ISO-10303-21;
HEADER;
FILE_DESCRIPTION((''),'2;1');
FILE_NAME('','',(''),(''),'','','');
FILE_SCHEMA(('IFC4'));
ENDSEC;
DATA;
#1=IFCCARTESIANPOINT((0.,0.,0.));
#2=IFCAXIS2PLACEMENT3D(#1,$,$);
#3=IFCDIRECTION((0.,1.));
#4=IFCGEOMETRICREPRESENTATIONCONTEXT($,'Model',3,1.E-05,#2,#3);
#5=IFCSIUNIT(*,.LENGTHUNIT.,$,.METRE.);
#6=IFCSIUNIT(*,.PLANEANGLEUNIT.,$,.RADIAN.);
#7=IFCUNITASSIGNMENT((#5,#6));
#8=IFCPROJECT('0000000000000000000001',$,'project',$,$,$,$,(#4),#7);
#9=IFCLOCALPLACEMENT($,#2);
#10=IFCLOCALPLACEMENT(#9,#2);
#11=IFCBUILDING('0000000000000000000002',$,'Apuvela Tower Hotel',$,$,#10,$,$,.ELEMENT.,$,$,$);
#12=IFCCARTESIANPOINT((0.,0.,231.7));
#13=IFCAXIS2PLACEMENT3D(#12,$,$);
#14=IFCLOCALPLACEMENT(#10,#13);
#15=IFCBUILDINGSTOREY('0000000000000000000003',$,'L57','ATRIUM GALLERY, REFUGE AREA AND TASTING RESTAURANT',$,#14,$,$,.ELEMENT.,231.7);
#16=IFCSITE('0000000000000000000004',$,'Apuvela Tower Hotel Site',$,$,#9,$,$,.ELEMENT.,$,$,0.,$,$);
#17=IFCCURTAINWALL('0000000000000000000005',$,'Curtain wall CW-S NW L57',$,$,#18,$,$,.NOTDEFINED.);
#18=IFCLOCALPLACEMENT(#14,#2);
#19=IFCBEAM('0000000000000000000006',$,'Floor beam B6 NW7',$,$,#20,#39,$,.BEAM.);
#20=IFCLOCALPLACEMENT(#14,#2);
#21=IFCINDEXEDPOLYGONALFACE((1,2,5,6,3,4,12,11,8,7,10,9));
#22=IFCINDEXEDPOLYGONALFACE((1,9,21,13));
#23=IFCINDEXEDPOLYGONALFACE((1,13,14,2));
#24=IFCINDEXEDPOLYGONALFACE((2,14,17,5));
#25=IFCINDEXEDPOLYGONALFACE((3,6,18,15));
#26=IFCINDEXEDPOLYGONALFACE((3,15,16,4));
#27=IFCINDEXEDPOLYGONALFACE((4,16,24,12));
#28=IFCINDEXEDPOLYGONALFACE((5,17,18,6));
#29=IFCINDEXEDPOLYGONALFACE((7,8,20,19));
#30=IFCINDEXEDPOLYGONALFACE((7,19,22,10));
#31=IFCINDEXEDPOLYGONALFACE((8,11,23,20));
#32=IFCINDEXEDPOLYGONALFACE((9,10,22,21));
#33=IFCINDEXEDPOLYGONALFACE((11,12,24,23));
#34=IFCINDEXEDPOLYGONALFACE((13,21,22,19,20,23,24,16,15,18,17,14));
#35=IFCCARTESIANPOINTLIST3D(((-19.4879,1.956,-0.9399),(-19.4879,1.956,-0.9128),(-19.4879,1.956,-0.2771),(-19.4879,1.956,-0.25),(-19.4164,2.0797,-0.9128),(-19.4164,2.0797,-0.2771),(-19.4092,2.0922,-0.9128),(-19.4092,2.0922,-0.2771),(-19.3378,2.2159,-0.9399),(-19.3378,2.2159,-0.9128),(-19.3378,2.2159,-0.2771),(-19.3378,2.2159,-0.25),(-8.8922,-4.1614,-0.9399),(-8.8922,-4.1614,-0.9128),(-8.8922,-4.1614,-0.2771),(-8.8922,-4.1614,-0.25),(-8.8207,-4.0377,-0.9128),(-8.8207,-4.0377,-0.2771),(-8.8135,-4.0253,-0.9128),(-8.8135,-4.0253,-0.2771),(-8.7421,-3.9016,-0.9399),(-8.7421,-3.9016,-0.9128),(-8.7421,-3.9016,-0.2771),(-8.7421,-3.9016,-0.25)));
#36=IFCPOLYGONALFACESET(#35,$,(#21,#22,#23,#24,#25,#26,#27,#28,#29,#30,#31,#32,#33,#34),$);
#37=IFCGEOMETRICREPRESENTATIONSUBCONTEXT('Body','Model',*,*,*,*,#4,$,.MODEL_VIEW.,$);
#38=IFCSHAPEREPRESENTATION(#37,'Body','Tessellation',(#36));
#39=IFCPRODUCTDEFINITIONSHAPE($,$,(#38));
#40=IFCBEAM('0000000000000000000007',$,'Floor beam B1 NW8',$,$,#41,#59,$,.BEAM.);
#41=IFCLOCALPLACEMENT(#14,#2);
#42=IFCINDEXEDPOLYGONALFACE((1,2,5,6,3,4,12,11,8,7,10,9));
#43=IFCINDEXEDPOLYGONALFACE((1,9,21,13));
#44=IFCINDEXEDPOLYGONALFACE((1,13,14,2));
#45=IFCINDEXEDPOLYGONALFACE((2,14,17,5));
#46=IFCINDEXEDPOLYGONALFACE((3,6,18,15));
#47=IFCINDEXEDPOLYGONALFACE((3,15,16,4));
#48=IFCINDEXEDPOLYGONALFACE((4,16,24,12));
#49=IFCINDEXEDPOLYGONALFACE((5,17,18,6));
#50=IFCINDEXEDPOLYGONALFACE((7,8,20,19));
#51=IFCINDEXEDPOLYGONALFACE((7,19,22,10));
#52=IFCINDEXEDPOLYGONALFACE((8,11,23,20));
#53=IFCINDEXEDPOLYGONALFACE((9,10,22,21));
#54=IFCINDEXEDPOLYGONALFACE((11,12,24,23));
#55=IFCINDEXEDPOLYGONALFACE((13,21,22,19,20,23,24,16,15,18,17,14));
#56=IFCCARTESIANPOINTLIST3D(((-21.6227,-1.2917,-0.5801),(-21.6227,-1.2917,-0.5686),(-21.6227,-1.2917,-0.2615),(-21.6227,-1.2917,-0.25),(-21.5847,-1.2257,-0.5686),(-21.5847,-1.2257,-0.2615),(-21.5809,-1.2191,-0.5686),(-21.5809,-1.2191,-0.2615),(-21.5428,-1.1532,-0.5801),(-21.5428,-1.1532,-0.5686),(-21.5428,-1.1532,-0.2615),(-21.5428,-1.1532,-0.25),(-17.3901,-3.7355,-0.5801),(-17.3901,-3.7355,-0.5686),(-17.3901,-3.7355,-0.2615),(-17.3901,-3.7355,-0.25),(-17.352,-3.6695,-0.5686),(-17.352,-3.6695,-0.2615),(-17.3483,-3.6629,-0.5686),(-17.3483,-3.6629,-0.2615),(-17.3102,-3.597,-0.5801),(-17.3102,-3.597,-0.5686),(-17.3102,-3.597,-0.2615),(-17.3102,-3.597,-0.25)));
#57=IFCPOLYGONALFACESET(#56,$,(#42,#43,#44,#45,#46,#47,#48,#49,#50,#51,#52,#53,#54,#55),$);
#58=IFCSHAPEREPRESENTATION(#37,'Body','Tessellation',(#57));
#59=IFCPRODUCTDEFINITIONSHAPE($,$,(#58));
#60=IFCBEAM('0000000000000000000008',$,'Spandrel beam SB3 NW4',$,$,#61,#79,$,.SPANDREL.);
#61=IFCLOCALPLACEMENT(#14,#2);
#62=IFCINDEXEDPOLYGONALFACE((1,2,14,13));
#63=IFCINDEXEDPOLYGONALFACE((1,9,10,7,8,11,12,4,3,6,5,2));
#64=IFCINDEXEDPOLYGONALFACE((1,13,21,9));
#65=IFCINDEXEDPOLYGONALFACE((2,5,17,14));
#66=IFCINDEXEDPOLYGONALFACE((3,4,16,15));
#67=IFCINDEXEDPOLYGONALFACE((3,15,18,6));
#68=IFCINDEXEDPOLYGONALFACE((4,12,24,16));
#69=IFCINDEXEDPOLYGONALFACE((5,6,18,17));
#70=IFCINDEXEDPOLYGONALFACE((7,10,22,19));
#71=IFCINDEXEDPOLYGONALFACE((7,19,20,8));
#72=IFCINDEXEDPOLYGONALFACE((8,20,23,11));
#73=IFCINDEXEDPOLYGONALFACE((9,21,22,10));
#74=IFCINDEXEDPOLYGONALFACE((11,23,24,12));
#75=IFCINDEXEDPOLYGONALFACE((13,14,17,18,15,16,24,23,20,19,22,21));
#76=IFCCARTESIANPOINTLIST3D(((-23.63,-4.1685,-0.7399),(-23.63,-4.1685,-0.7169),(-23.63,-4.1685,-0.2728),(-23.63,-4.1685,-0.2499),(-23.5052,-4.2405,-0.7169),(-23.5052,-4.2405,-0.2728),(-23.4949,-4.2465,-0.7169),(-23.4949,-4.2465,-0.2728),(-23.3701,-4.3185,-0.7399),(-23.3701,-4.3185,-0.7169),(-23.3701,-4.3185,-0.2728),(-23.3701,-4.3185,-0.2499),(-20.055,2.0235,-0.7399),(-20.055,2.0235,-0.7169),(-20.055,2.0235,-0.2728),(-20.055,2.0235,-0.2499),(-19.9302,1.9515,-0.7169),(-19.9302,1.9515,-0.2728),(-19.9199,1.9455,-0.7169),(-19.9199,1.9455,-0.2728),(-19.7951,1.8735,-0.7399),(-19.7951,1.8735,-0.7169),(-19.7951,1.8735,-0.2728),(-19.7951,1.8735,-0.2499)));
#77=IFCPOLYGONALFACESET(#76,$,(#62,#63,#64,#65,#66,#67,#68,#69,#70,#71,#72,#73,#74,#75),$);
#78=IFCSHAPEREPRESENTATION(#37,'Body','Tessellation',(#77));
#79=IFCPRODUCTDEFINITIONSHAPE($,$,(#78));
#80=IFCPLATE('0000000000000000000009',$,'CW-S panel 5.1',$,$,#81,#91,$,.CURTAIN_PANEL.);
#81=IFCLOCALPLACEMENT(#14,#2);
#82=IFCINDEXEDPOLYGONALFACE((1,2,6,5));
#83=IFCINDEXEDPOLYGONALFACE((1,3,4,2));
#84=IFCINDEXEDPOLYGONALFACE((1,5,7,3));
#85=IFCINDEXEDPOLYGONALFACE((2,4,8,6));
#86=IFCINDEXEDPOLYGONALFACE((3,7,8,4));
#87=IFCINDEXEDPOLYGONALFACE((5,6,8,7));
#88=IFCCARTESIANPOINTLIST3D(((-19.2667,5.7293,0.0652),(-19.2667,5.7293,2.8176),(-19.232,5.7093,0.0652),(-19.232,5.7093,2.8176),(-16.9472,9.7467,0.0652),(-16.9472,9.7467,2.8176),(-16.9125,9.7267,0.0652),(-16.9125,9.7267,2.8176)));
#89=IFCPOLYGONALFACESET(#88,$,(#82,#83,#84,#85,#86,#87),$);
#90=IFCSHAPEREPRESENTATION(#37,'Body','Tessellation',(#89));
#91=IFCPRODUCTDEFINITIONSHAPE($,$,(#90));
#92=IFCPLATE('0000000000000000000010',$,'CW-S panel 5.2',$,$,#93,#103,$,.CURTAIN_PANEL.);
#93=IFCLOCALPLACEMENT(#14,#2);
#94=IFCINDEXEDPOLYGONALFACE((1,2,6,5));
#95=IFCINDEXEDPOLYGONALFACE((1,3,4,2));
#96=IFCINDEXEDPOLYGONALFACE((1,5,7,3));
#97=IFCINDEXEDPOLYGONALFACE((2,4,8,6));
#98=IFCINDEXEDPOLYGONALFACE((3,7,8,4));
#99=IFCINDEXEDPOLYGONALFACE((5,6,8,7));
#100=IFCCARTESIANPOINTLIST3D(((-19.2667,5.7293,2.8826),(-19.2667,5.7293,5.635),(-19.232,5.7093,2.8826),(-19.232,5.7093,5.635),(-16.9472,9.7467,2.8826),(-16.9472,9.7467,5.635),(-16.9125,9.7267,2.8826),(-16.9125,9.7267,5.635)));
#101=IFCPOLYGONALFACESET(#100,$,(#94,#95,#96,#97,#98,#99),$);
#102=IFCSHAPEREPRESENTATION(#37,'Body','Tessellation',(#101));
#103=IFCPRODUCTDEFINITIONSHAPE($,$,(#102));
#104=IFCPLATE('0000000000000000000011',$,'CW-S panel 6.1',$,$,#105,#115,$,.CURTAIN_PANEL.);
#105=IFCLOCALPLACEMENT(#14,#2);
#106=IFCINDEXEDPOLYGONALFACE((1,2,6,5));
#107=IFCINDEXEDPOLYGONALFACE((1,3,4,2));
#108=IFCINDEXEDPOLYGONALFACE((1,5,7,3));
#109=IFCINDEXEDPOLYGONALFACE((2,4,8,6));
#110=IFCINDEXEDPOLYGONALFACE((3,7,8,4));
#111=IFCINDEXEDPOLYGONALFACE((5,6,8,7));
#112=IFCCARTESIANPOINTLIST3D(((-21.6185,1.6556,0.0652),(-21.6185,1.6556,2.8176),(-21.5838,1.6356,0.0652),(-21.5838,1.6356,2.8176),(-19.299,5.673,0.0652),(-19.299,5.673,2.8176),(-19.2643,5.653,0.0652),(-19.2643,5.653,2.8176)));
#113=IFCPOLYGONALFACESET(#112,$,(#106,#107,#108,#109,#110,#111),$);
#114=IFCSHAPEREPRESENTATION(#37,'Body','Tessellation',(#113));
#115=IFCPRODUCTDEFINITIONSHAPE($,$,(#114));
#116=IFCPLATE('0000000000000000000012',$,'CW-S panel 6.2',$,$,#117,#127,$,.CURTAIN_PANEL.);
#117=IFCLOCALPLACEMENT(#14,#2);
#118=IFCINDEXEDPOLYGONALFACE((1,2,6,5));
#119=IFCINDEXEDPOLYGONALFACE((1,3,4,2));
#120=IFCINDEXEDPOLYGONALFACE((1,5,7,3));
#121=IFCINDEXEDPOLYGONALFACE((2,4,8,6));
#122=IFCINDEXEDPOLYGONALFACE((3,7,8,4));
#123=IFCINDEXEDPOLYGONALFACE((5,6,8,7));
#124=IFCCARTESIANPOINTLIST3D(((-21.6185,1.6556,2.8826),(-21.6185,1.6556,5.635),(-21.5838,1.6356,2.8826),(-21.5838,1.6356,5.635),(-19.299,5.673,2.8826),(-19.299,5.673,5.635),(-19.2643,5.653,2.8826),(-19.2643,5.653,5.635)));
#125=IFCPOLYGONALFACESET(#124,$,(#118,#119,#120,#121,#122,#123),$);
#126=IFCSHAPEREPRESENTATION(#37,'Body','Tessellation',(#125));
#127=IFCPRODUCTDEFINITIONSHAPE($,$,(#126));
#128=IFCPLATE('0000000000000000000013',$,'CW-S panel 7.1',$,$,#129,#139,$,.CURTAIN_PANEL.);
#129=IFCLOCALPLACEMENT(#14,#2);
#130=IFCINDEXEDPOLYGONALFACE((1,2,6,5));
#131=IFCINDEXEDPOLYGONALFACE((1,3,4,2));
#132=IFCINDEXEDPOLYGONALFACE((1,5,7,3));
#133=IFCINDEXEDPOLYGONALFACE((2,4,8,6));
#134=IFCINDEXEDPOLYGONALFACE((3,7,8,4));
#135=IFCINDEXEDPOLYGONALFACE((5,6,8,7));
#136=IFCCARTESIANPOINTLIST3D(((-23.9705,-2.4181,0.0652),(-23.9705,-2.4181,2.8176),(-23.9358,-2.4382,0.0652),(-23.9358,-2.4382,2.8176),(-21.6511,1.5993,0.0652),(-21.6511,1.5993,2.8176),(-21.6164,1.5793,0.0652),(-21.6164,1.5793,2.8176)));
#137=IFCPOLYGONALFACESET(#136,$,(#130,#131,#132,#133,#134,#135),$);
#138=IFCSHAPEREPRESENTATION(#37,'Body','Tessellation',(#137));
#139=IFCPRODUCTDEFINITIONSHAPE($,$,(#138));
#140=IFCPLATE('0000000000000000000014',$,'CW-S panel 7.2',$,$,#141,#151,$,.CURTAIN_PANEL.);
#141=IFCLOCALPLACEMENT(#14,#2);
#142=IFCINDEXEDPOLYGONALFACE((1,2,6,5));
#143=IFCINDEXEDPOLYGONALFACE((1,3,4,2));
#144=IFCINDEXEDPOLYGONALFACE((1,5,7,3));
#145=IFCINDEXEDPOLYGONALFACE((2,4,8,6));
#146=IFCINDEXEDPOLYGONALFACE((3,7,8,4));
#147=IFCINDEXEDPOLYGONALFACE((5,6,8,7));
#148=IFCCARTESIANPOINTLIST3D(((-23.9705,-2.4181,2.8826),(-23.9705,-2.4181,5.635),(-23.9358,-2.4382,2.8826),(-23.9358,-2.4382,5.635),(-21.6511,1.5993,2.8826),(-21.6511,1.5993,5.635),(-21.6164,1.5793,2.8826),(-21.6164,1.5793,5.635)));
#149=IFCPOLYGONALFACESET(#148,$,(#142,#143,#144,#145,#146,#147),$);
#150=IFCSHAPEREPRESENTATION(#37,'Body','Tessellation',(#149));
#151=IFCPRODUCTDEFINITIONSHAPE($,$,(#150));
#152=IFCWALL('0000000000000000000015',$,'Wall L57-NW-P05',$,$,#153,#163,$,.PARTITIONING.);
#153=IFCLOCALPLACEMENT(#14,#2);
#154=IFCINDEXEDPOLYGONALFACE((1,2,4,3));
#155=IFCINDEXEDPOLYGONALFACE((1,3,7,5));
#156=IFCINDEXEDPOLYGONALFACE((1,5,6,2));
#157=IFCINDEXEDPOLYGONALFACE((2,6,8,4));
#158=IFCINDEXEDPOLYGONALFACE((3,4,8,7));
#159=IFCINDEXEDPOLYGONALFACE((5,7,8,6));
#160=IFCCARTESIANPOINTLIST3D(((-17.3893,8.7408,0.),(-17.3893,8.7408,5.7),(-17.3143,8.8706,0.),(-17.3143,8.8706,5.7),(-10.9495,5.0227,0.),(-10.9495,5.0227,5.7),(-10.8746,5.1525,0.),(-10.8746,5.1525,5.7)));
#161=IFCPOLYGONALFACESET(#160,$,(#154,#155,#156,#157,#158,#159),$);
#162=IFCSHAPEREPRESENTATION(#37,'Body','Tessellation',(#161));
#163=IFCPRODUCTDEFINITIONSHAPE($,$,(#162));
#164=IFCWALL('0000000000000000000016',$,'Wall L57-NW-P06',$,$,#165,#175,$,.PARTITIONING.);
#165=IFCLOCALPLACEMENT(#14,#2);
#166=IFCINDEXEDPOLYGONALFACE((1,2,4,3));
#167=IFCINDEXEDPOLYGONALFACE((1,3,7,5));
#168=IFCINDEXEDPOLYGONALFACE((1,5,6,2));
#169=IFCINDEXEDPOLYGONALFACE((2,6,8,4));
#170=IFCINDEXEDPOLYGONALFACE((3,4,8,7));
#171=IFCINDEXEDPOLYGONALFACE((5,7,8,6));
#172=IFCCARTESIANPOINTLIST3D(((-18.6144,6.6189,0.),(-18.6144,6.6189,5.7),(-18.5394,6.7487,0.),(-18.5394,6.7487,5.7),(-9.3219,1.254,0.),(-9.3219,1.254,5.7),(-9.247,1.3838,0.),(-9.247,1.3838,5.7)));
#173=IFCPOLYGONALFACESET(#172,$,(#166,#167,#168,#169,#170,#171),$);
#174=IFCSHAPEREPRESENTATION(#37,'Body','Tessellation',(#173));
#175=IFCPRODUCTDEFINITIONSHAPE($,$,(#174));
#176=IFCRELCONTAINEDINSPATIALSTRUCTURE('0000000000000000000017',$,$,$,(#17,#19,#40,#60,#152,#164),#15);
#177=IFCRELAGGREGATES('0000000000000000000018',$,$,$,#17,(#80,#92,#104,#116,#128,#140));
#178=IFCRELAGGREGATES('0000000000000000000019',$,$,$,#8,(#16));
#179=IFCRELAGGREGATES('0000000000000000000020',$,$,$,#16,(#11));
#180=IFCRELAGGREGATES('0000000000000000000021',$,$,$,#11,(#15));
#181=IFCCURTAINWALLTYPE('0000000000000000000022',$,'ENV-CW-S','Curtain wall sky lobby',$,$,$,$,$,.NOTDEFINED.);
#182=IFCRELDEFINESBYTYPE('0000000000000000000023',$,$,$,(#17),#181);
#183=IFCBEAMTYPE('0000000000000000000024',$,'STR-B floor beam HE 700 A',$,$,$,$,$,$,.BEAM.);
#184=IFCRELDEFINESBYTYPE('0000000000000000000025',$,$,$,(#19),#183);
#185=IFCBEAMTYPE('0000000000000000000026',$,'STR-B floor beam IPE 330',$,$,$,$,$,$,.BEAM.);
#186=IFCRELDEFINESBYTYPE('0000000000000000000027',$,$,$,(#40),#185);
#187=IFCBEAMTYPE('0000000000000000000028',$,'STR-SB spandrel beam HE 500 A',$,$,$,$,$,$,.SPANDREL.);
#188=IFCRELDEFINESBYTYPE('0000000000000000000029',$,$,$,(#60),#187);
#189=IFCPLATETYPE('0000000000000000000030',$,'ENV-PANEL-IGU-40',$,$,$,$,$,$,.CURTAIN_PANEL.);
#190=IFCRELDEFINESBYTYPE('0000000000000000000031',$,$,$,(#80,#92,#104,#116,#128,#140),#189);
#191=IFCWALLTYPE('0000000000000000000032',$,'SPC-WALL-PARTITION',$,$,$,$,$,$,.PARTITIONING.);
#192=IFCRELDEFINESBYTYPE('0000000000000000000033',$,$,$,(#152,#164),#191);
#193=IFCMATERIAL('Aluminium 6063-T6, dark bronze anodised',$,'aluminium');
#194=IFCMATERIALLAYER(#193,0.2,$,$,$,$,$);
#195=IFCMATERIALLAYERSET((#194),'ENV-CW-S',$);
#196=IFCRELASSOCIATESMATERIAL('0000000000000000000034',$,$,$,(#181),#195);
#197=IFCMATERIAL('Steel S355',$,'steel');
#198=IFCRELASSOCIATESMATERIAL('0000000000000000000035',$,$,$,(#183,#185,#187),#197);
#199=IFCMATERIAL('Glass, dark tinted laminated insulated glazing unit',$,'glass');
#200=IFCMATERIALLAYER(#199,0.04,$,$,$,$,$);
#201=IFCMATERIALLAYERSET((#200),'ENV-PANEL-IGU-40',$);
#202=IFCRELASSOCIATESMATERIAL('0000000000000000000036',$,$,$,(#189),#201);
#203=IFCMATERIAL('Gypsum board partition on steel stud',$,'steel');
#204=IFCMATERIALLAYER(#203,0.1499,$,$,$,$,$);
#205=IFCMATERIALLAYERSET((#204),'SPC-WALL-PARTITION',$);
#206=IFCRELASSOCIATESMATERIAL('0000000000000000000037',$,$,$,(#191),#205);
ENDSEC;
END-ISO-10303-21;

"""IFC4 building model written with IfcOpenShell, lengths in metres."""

from ifc_helpers import new_model, si_unit, direction, frame, frame_2d, origin, origin_2d, place, context, subcontext, project, spatial, rectangle, i_section, extrude, material, layer, layer_set, material_profile, profile_set, type_object, element, aggregate, save


model = new_model("IFC4")

# Units and contexts
model_context = context("Model", 3, precision=1e-05, world=origin(), true_north=direction((0.0, 1.0)))
body_context = subcontext(model_context, "Body", "Model", "MODEL_VIEW")
ifc_project = project(units=[si_unit("LENGTHUNIT", "METRE"), si_unit("PLANEANGLEUNIT", "RADIAN")], contexts=[model_context])

# Site, building, storey
site_placement = place(None, origin())
site = spatial("IfcSite", under=ifc_project, at=site_placement, Name="Apuvela Tower Hotel Site", CompositionType="ELEMENT", RefElevation=0.0)
building_placement = place(site_placement, origin())
building = spatial("IfcBuilding", under=site, at=building_placement, Name="Apuvela Tower Hotel", CompositionType="ELEMENT")
storey_placement = place(building_placement, frame((0.0, 0.0, 231.7)))
storey = spatial("IfcBuildingStorey", under=building, at=storey_placement, Name="L57", Description="ATRIUM GALLERY, REFUGE AREA AND TASTING RESTAURANT", CompositionType="ELEMENT", Elevation=231.7)

# Curtain wall
ifc_material_1 = material(Name="Aluminium 6063-T6, dark bronze anodised", Category="aluminium")
ifc_layer_1 = layer(ifc_material_1, 0.2)
ifc_layer_set_1 = layer_set([ifc_layer_1], Name="ENV-CW-S")
curtain_wall_type = type_object("IfcCurtainWallType", Name="ENV-CW-S", Description="Curtain wall sky lobby", PredefinedType="NOTDEFINED", material=ifc_layer_set_1)
curtain_wall_placement = place(storey_placement, origin())
curtain_wall = element("IfcCurtainWall", 1, at=curtain_wall_placement, inside=storey, type_object=curtain_wall_type, Name="Curtain wall CW-S NW L57", PredefinedType="NOTDEFINED")

# Beams
ifc_material_2 = material(Name="Steel S355", Category="steel")
ifc_material_profile_1 = material_profile(ifc_material_2, i_section(OverallWidth=0.3, OverallDepth=0.6899, WebThickness=0.0144, FlangeThickness=0.0271, at=origin_2d()), Name="HE 700 A")
ifc_profile_set_1 = profile_set([ifc_material_profile_1], Name="Steel S355")
beam_type_1 = type_object("IfcBeamType", Name="STR-B floor beam HE 700 A", PredefinedType="BEAM", material=ifc_profile_set_1)
beam_1_placement = place(storey_placement, frame((-19.4128, 2.0859, -0.595), z_axis=(0.866025, -0.5, 0.0), x_axis=(0.5, 0.866025, 0.0)))
element("IfcBeam", 2, at=beam_1_placement, inside=storey, type_object=beam_type_1, Name="Floor beam B6 NW7", PredefinedType="BEAM", context=body_context, shape_type="SweptSolid", body=[
    extrude(i_section(OverallWidth=0.3, OverallDepth=0.6899, WebThickness=0.0144, FlangeThickness=0.0271, at=origin_2d()), origin(), (0.0, 0.0, 1.0), 12.2349),
])
ifc_material_profile_2 = material_profile(ifc_material_2, i_section(OverallWidth=0.1599, OverallDepth=0.3301, WebThickness=0.0076, FlangeThickness=0.0115, at=origin_2d()), Name="IPE 330")
ifc_profile_set_2 = profile_set([ifc_material_profile_2], Name="Steel S355")
beam_type_2 = type_object("IfcBeamType", Name="STR-B floor beam IPE 330", PredefinedType="BEAM", material=ifc_profile_set_2)
beam_2_placement = place(storey_placement, frame((-21.5828, -1.2224, -0.415), z_axis=(0.866015, -0.500018, 0.0), x_axis=(0.500018, 0.866015, 0.0)))
element("IfcBeam", 3, at=beam_2_placement, inside=storey, type_object=beam_type_2, Name="Floor beam B1 NW8", PredefinedType="BEAM", context=body_context, shape_type="SweptSolid", body=[
    extrude(i_section(OverallWidth=0.1599, OverallDepth=0.3301, WebThickness=0.0076, FlangeThickness=0.0115, at=origin_2d()), origin(), (0.0, 0.0, 1.0), 4.8875),
])
ifc_material_profile_3 = material_profile(ifc_material_2, i_section(OverallWidth=0.3, OverallDepth=0.49, WebThickness=0.012, FlangeThickness=0.0229, at=origin_2d()), Name="HE 500 A")
ifc_profile_set_3 = profile_set([ifc_material_profile_3], Name="Steel S355")
beam_type_3 = type_object("IfcBeamType", Name="STR-SB spandrel beam HE 500 A", PredefinedType="SPANDREL", material=ifc_profile_set_3)
beam_3_placement = place(storey_placement, frame((-19.925, 1.9485, -0.4949), z_axis=(-0.500006, -0.866022, 0.0), x_axis=(0.866022, -0.500006, 0.0)))
element("IfcBeam", 4, at=beam_3_placement, inside=storey, type_object=beam_type_3, Name="Spandrel beam SB3 NW4", PredefinedType="SPANDREL", context=body_context, shape_type="SweptSolid", body=[
    extrude(i_section(OverallWidth=0.3, OverallDepth=0.49, WebThickness=0.012, FlangeThickness=0.0229, at=origin_2d()), origin(), (0.0, 0.0, 1.0), 7.1499),
])

# Plates
ifc_material_3 = material(Name="Glass, dark tinted laminated insulated glazing unit", Category="glass")
ifc_layer_2 = layer(ifc_material_3, 0.04)
ifc_layer_set_2 = layer_set([ifc_layer_2], Name="ENV-PANEL-IGU-40")
plate_type = type_object("IfcPlateType", Name="ENV-PANEL-IGU-40", PredefinedType="CURTAIN_PANEL", material=ifc_layer_set_2)
plate_1_placement = place(storey_placement, frame((-18.0896, 7.728, 0.0652), z_axis=(0.0, 0.0, 1.0), x_axis=(-0.499999, -0.866026, 0.0)))
plate_1 = element("IfcPlate", 5, at=plate_1_placement, type_object=plate_type, Name="CW-S panel 5.1", PredefinedType="CURTAIN_PANEL", context=body_context, shape_type="SweptSolid", body=[
    extrude(rectangle(XDim=4.6389, YDim=0.04, at=origin_2d()), origin(), (0.0, 0.0, 1.0), 2.7524),
])
plate_2_placement = place(storey_placement, frame((-18.0896, 7.728, 2.8826), z_axis=(0.0, 0.0, 1.0), x_axis=(-0.499999, -0.866026, 0.0)))
plate_2 = element("IfcPlate", 6, at=plate_2_placement, type_object=plate_type, Name="CW-S panel 5.2", PredefinedType="CURTAIN_PANEL", context=body_context, shape_type="SweptSolid", body=[
    extrude(rectangle(XDim=4.6389, YDim=0.04, at=origin_2d()), origin(), (0.0, 0.0, 1.0), 2.7524),
])
plate_3_placement = place(storey_placement, frame((-20.4414, 3.6543, 0.0652), z_axis=(0.0, 0.0, 1.0), x_axis=(-0.499999, -0.866026, 0.0)))
plate_3 = element("IfcPlate", 7, at=plate_3_placement, type_object=plate_type, Name="CW-S panel 6.1", PredefinedType="CURTAIN_PANEL", context=body_context, shape_type="SweptSolid", body=[
    extrude(rectangle(XDim=4.6389, YDim=0.04, at=origin_2d()), origin(), (0.0, 0.0, 1.0), 2.7524),
])
plate_4_placement = place(storey_placement, frame((-20.4414, 3.6543, 2.8826), z_axis=(0.0, 0.0, 1.0), x_axis=(-0.499999, -0.866026, 0.0)))
plate_4 = element("IfcPlate", 8, at=plate_4_placement, type_object=plate_type, Name="CW-S panel 6.2", PredefinedType="CURTAIN_PANEL", context=body_context, shape_type="SweptSolid", body=[
    extrude(rectangle(XDim=4.6389, YDim=0.04, at=origin_2d()), origin(), (0.0, 0.0, 1.0), 2.7524),
])
plate_5_placement = place(storey_placement, frame((-22.7935, -0.4194, 0.0652), z_axis=(0.0, 0.0, 1.0), x_axis=(-0.499999, -0.866026, 0.0)))
plate_5 = element("IfcPlate", 9, at=plate_5_placement, type_object=plate_type, Name="CW-S panel 7.1", PredefinedType="CURTAIN_PANEL", context=body_context, shape_type="SweptSolid", body=[
    extrude(rectangle(XDim=4.6389, YDim=0.04, at=origin_2d()), origin(), (0.0, 0.0, 1.0), 2.7524),
])
plate_6_placement = place(storey_placement, frame((-22.7935, -0.4194, 2.8826), z_axis=(0.0, 0.0, 1.0), x_axis=(-0.499999, -0.866026, 0.0)))
plate_6 = element("IfcPlate", 10, at=plate_6_placement, type_object=plate_type, Name="CW-S panel 7.2", PredefinedType="CURTAIN_PANEL", context=body_context, shape_type="SweptSolid", body=[
    extrude(rectangle(XDim=4.6389, YDim=0.04, at=origin_2d()), origin(), (0.0, 0.0, 1.0), 2.7524),
])
aggregate(curtain_wall, [plate_1, plate_2, plate_3, plate_4, plate_5, plate_6])

# Walls
ifc_material_4 = material(Name="Gypsum board partition on steel stud", Category="steel")
ifc_layer_3 = layer(ifc_material_4, 0.1499)
ifc_layer_set_3 = layer_set([ifc_layer_3], Name="SPC-WALL-PARTITION")
wall_type = type_object("IfcWallType", Name="SPC-WALL-PARTITION", PredefinedType="PARTITIONING", material=ifc_layer_set_3)
wall_1_placement = place(storey_placement, frame((-17.3518, 8.8057, 0.0), z_axis=(0.0, 0.0, 1.0), x_axis=(0.866022, -0.500006, 0.0)))
element("IfcWall", 11, at=wall_1_placement, inside=storey, type_object=wall_type, Name="Wall L57-NW-P05", PredefinedType="PARTITIONING", context=body_context, shape_type="SweptSolid", body=[
    extrude(rectangle(XDim=7.436, YDim=0.1499, at=frame_2d((3.718, 0.0))), origin(), (0.0, 0.0, 1.0), 5.7),
])
wall_2_placement = place(storey_placement, frame((-18.5769, 6.6838, 0.0), z_axis=(0.0, 0.0, 1.0), x_axis=(0.866026, -0.499998, 0.0)))
element("IfcWall", 12, at=wall_2_placement, inside=storey, type_object=wall_type, Name="Wall L57-NW-P06", PredefinedType="PARTITIONING", context=body_context, shape_type="SweptSolid", body=[
    extrude(rectangle(XDim=10.73, YDim=0.1499, at=frame_2d((5.365, 0.0))), origin(), (0.0, 0.0, 1.0), 5.7),
])

save(model, "model.ifc")
